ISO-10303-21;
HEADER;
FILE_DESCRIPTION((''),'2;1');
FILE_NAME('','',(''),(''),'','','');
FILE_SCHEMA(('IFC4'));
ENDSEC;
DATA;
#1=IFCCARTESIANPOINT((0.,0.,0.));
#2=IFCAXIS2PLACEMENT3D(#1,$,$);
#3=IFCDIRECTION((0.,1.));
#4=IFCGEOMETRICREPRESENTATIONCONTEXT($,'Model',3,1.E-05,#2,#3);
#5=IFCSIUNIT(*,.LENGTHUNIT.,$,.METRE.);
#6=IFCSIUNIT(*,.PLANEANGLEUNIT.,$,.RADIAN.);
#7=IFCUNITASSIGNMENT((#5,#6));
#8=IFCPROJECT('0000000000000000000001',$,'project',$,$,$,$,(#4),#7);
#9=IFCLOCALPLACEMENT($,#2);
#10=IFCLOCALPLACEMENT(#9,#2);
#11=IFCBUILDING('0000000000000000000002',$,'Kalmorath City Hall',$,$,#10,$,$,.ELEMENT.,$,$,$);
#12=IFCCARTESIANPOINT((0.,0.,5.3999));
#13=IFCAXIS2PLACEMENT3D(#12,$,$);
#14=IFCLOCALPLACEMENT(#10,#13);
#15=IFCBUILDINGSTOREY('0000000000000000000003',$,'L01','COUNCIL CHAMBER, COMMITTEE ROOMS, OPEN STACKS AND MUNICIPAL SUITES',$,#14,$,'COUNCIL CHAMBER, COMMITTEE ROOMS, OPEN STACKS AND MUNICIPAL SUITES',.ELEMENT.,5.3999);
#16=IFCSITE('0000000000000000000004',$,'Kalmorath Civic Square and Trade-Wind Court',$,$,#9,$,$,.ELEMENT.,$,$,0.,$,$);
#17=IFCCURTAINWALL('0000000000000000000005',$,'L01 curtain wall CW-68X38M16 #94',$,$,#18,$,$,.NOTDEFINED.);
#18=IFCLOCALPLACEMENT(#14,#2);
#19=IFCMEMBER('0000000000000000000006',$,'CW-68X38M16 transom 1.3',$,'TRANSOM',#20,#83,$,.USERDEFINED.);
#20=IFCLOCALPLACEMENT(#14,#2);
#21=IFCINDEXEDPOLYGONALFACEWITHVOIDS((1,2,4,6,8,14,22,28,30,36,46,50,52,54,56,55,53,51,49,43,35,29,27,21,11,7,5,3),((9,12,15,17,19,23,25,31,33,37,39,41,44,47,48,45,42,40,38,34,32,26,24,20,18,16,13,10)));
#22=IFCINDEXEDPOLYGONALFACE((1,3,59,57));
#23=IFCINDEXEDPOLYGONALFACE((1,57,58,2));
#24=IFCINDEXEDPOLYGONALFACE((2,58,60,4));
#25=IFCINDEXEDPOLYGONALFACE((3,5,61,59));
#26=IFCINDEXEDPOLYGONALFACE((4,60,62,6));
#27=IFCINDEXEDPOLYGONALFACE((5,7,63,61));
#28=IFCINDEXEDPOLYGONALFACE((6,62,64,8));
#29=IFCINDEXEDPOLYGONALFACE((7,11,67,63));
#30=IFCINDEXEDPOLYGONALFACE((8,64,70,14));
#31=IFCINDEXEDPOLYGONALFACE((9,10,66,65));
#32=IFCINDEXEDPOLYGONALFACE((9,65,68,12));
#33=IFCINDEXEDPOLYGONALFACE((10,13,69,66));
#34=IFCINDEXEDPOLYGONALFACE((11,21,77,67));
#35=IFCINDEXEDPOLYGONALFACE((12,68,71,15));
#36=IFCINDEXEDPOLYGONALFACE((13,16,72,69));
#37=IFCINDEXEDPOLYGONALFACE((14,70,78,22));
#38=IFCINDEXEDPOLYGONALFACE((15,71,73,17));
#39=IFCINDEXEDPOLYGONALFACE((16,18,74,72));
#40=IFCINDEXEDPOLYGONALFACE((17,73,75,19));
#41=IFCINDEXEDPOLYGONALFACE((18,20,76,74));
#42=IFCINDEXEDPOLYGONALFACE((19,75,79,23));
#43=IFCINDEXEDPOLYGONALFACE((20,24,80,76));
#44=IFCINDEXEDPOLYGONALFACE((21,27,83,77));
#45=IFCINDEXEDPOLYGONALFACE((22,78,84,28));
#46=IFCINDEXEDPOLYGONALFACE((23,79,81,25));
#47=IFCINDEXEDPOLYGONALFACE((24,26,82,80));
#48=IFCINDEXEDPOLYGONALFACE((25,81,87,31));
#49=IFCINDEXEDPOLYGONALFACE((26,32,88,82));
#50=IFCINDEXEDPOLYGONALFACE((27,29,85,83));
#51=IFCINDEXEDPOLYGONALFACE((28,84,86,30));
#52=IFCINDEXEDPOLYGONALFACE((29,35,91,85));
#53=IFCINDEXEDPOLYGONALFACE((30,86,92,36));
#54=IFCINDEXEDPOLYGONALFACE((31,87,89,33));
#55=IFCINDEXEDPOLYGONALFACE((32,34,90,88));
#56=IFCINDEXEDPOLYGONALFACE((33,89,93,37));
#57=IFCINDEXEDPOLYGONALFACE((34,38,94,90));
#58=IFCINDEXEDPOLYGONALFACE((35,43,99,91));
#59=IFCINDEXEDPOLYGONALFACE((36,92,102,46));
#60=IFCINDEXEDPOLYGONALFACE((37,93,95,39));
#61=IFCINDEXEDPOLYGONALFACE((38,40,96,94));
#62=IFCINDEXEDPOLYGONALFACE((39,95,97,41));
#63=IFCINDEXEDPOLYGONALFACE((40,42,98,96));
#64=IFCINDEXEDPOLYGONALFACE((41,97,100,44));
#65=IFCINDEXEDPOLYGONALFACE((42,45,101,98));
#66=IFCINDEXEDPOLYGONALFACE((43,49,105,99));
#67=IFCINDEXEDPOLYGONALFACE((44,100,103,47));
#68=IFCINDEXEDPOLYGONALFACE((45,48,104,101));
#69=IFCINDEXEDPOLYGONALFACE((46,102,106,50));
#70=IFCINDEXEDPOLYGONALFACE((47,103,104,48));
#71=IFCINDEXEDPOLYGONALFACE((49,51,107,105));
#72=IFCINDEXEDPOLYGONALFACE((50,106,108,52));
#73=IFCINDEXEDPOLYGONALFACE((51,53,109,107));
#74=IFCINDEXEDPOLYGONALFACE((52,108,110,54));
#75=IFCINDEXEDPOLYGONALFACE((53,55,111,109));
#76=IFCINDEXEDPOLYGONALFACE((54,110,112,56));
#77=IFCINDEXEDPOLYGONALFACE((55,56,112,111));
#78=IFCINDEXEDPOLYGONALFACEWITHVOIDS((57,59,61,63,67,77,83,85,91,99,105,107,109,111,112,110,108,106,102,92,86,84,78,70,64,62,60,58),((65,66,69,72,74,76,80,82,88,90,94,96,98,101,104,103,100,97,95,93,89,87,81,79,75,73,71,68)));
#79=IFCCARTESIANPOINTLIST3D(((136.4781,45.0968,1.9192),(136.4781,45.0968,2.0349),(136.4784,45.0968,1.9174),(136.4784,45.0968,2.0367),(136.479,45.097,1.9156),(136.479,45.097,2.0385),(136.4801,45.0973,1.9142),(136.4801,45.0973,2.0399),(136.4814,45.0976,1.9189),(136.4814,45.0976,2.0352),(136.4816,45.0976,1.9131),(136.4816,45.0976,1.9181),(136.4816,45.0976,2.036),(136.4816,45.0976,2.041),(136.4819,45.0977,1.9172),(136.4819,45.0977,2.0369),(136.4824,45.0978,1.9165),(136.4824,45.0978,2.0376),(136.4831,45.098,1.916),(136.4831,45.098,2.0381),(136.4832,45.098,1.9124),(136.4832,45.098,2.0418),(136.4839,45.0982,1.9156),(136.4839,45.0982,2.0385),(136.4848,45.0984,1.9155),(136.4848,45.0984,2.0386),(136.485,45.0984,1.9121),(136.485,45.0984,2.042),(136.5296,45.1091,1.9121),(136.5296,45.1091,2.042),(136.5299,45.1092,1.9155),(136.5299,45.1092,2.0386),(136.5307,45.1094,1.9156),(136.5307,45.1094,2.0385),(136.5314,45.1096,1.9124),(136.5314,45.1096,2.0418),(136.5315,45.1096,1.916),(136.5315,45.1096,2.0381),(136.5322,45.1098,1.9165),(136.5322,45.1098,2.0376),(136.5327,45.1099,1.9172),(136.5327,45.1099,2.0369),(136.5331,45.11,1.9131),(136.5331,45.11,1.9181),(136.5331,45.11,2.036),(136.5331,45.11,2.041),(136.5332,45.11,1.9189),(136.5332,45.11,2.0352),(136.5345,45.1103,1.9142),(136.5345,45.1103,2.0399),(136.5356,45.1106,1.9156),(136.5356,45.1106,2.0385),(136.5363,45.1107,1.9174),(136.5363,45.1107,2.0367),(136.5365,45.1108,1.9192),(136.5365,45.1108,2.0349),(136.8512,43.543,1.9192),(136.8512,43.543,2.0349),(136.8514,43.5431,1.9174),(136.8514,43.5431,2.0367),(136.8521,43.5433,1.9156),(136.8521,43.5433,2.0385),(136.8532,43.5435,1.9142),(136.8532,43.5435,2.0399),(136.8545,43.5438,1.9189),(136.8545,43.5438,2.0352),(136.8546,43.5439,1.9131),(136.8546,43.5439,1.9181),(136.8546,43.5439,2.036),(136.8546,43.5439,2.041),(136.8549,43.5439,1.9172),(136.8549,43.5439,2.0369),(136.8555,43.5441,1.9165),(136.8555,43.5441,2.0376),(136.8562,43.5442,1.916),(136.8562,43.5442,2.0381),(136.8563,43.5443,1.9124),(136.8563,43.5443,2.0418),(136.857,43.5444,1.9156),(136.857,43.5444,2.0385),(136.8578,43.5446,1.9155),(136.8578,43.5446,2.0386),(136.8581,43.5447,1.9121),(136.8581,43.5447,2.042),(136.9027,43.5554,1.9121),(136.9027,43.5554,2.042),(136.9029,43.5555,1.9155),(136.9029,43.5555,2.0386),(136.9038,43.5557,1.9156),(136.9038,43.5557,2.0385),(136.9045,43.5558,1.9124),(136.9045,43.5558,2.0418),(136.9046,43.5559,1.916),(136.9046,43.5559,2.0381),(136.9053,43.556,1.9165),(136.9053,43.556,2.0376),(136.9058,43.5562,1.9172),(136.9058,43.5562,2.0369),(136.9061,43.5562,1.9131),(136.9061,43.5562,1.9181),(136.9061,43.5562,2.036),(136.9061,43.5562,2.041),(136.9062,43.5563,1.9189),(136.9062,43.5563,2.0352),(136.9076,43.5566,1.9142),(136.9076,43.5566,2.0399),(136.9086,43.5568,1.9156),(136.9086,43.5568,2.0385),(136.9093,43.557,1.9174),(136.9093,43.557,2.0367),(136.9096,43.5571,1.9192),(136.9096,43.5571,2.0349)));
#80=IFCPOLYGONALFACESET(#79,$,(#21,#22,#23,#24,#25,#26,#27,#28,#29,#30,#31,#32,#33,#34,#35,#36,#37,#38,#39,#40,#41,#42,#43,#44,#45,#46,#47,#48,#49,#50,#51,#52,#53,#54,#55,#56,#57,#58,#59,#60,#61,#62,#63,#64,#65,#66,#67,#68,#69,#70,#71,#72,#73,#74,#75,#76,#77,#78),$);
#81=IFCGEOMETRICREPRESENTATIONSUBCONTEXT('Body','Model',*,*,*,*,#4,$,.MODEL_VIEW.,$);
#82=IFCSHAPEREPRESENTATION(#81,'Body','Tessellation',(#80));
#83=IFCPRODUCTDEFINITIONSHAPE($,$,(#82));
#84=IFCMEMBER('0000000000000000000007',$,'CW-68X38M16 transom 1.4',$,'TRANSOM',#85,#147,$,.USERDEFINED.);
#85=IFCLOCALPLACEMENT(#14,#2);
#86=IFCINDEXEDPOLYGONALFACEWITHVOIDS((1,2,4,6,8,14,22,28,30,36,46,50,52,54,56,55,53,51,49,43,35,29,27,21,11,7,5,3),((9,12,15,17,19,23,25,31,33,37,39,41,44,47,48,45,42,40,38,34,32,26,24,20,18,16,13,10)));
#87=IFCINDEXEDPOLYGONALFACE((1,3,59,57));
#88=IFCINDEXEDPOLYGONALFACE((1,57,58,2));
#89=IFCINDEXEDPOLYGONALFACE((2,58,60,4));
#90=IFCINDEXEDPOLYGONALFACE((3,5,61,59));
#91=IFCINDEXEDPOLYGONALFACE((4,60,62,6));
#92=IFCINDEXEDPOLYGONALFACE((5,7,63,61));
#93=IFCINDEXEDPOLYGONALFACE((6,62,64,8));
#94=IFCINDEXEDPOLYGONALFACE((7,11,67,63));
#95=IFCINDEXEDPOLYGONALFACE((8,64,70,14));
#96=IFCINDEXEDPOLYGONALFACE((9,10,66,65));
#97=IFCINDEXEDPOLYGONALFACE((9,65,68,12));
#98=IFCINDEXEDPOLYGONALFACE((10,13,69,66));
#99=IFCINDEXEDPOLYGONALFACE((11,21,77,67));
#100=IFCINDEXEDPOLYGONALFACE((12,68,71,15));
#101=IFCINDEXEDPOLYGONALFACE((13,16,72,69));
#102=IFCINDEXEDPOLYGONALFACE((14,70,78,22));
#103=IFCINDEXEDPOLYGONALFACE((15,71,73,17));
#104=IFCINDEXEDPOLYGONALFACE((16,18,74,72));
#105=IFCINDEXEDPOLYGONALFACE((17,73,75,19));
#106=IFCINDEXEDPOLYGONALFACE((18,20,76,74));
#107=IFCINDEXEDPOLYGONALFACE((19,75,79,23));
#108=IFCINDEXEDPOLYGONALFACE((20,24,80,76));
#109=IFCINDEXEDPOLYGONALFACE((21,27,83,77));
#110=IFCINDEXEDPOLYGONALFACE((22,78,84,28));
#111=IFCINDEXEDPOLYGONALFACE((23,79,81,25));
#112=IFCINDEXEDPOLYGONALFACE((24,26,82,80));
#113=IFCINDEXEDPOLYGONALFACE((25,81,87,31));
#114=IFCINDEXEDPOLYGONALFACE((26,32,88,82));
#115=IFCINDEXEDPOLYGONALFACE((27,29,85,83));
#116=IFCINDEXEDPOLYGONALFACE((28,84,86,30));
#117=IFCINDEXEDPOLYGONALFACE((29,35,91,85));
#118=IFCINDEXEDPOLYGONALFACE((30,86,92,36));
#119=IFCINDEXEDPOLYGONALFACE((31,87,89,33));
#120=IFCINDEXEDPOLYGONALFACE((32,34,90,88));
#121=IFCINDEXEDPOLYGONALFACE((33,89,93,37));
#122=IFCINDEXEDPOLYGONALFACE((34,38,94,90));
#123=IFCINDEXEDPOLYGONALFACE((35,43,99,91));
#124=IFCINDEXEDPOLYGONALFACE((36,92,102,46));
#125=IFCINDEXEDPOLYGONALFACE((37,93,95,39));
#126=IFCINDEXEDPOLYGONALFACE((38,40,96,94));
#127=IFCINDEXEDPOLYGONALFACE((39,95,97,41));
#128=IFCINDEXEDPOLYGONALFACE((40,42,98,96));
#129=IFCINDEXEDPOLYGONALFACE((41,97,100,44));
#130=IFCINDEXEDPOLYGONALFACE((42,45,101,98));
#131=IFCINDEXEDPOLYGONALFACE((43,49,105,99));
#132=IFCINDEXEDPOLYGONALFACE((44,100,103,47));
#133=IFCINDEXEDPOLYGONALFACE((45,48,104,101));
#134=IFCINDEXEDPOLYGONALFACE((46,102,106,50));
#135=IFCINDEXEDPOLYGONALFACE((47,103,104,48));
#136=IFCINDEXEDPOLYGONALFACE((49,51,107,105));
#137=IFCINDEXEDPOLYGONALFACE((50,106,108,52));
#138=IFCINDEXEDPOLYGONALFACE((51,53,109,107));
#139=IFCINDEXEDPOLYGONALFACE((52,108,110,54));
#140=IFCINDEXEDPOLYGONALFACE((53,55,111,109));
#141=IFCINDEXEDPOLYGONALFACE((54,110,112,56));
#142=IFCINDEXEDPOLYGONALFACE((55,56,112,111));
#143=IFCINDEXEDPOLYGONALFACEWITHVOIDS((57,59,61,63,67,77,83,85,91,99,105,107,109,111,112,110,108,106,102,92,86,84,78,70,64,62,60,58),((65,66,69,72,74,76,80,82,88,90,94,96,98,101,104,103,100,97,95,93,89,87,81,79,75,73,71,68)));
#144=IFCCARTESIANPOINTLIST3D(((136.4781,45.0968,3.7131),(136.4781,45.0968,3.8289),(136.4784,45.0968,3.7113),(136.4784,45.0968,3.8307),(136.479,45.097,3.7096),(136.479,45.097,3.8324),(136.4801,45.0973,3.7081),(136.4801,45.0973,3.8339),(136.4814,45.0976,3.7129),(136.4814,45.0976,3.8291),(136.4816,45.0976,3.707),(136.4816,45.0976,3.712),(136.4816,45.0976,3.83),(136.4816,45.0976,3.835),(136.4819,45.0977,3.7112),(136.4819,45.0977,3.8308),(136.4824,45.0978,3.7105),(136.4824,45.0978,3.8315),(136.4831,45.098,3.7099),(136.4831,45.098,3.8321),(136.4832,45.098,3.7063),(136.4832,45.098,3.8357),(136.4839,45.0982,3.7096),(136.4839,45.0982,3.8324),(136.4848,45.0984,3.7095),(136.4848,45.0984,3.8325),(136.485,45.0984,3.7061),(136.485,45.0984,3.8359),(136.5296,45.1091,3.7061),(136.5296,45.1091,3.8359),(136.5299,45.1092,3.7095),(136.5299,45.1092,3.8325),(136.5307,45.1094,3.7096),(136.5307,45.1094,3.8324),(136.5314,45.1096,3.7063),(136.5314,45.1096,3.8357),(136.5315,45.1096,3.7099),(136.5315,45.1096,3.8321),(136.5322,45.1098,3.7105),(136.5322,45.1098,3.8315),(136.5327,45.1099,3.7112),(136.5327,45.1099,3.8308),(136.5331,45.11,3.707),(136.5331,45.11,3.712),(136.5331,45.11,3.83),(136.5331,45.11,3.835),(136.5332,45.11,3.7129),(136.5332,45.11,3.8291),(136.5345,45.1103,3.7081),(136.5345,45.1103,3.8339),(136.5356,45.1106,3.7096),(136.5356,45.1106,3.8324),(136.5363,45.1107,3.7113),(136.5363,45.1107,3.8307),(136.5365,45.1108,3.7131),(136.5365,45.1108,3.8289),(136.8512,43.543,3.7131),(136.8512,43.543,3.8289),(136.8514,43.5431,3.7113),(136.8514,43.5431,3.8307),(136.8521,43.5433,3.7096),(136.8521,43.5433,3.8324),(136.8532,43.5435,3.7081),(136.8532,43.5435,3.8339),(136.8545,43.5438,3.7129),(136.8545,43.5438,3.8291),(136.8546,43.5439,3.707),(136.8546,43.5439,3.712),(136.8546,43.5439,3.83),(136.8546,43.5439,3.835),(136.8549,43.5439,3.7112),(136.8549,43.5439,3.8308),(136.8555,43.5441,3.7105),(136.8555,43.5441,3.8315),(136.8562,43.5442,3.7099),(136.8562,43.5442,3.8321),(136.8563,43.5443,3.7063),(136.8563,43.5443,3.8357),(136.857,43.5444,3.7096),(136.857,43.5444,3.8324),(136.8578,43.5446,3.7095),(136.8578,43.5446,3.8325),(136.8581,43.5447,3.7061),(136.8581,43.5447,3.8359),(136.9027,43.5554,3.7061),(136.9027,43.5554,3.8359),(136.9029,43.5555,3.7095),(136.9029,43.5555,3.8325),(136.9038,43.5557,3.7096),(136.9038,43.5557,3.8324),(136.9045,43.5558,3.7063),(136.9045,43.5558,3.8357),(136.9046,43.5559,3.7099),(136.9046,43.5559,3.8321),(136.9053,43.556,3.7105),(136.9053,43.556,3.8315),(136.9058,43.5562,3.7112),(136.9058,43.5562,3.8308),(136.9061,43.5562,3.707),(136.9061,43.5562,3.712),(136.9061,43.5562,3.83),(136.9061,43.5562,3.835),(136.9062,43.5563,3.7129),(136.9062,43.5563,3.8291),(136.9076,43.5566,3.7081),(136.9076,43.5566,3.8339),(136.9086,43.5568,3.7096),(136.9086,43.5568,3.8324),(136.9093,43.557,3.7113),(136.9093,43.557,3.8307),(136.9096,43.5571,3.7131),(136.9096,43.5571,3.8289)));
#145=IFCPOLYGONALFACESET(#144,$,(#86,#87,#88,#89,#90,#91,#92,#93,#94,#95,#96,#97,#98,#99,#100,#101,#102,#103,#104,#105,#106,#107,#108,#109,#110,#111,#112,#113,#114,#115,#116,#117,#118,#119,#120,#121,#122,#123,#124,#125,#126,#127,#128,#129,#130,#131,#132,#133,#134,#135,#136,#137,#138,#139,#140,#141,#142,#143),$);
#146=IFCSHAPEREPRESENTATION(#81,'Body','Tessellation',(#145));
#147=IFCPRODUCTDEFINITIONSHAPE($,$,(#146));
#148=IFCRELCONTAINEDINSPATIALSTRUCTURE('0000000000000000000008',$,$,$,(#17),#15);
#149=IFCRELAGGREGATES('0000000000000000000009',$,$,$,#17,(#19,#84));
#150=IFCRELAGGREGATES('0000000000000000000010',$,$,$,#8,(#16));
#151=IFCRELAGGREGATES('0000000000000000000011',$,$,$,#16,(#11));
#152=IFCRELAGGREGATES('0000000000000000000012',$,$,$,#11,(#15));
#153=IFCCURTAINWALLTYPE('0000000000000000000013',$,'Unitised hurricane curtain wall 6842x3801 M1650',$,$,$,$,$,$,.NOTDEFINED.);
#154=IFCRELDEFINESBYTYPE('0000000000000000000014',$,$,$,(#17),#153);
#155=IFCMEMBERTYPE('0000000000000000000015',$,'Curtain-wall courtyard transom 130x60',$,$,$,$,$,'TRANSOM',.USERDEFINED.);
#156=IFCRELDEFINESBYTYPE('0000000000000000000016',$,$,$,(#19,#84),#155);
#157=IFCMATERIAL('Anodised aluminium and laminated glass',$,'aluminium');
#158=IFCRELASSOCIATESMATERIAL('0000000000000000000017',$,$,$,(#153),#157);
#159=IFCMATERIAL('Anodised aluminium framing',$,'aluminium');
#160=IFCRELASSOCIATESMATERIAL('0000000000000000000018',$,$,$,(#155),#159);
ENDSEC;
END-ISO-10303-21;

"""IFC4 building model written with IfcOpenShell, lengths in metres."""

from ifc_helpers import new_model, si_unit, direction, frame, origin, origin_2d, place, context, subcontext, project, spatial, hollow_rectangle, extrude, material, material_profile, profile_set, type_object, element, aggregate, save


model = new_model("IFC4")

# Units and contexts
model_context = context("Model", 3, precision=1e-05, world=origin(), true_north=direction((0.0, 1.0)))
body_context = subcontext(model_context, "Body", "Model", "MODEL_VIEW")
ifc_project = project(units=[si_unit("LENGTHUNIT", "METRE"), si_unit("PLANEANGLEUNIT", "RADIAN")], contexts=[model_context])

# Site, building, storey
site_placement = place(None, origin())
site = spatial("IfcSite", under=ifc_project, at=site_placement, Name="Kalmorath Civic Square and Trade-Wind Court", CompositionType="ELEMENT", RefElevation=0.0)
building_placement = place(site_placement, origin())
building = spatial("IfcBuilding", under=site, at=building_placement, Name="Kalmorath City Hall", CompositionType="ELEMENT")
storey_placement = place(building_placement, frame((0.0, 0.0, 5.3999)))
storey = spatial("IfcBuildingStorey", under=building, at=storey_placement, Name="L01", Description="COUNCIL CHAMBER, COMMITTEE ROOMS, OPEN STACKS AND MUNICIPAL SUITES", LongName="COUNCIL CHAMBER, COMMITTEE ROOMS, OPEN STACKS AND MUNICIPAL SUITES", CompositionType="ELEMENT", Elevation=5.3999)

# Curtain wall, members
ifc_material_1 = material(Name="Anodised aluminium and laminated glass", Category="aluminium")
curtain_wall_type = type_object("IfcCurtainWallType", Name="Unitised hurricane curtain wall 6842x3801 M1650", PredefinedType="NOTDEFINED", material=ifc_material_1)
curtain_wall_placement = place(storey_placement, origin())
curtain_wall = element("IfcCurtainWall", 1, at=curtain_wall_placement, inside=storey, type_object=curtain_wall_type, Name="L01 curtain wall CW-68X38M16 #94", PredefinedType="NOTDEFINED")
ifc_material_2 = material(Name="Anodised aluminium framing", Category="aluminium")
ifc_material_profile_1 = material_profile(ifc_material_2, hollow_rectangle(XDim=0.0601, YDim=0.1299, WallThickness=0.0034, InnerFilletRadius=0.0034, OuterFilletRadius=0.0071, at=origin_2d()), Name="ALU-TRN-130X60X3.5")
ifc_profile_set_1 = profile_set([ifc_material_profile_1], Name="Anodised aluminium framing")
member_type_1 = type_object("IfcMemberType", Name="Curtain-wall courtyard transom 130x60", ElementType="TRANSOM", PredefinedType="USERDEFINED", material=ifc_profile_set_1)
member_1_placement = place(storey_placement, frame((136.8804, 43.55, 1.9771), z_axis=(-0.233465, 0.972365, 0.0), x_axis=(-0.972365, -0.233465, 0.0)))
member_1 = element("IfcMember", 2, at=member_1_placement, type_object=member_type_1, Name="CW-68X38M16 transom 1.3", ObjectType="TRANSOM", PredefinedType="USERDEFINED", context=body_context, shape_type="SweptSolid", body=[
    extrude(hollow_rectangle(XDim=0.0601, YDim=0.1299, WallThickness=0.0034, InnerFilletRadius=0.0034, OuterFilletRadius=0.0071, at=origin_2d()), origin(), (0.0, 0.0, 1.0), 1.5979),
])
member_2_placement = place(storey_placement, frame((136.8804, 43.55, 3.771), z_axis=(-0.233465, 0.972365, 0.0), x_axis=(-0.972365, -0.233465, 0.0)))
member_2 = element("IfcMember", 3, at=member_2_placement, type_object=member_type_1, Name="CW-68X38M16 transom 1.4", ObjectType="TRANSOM", PredefinedType="USERDEFINED", context=body_context, shape_type="SweptSolid", body=[
    extrude(hollow_rectangle(XDim=0.0601, YDim=0.1299, WallThickness=0.0034, InnerFilletRadius=0.0034, OuterFilletRadius=0.0071, at=origin_2d()), origin(), (0.0, 0.0, 1.0), 1.5979),
])
aggregate(curtain_wall, [member_1, member_2])

save(model, "model.ifc")
